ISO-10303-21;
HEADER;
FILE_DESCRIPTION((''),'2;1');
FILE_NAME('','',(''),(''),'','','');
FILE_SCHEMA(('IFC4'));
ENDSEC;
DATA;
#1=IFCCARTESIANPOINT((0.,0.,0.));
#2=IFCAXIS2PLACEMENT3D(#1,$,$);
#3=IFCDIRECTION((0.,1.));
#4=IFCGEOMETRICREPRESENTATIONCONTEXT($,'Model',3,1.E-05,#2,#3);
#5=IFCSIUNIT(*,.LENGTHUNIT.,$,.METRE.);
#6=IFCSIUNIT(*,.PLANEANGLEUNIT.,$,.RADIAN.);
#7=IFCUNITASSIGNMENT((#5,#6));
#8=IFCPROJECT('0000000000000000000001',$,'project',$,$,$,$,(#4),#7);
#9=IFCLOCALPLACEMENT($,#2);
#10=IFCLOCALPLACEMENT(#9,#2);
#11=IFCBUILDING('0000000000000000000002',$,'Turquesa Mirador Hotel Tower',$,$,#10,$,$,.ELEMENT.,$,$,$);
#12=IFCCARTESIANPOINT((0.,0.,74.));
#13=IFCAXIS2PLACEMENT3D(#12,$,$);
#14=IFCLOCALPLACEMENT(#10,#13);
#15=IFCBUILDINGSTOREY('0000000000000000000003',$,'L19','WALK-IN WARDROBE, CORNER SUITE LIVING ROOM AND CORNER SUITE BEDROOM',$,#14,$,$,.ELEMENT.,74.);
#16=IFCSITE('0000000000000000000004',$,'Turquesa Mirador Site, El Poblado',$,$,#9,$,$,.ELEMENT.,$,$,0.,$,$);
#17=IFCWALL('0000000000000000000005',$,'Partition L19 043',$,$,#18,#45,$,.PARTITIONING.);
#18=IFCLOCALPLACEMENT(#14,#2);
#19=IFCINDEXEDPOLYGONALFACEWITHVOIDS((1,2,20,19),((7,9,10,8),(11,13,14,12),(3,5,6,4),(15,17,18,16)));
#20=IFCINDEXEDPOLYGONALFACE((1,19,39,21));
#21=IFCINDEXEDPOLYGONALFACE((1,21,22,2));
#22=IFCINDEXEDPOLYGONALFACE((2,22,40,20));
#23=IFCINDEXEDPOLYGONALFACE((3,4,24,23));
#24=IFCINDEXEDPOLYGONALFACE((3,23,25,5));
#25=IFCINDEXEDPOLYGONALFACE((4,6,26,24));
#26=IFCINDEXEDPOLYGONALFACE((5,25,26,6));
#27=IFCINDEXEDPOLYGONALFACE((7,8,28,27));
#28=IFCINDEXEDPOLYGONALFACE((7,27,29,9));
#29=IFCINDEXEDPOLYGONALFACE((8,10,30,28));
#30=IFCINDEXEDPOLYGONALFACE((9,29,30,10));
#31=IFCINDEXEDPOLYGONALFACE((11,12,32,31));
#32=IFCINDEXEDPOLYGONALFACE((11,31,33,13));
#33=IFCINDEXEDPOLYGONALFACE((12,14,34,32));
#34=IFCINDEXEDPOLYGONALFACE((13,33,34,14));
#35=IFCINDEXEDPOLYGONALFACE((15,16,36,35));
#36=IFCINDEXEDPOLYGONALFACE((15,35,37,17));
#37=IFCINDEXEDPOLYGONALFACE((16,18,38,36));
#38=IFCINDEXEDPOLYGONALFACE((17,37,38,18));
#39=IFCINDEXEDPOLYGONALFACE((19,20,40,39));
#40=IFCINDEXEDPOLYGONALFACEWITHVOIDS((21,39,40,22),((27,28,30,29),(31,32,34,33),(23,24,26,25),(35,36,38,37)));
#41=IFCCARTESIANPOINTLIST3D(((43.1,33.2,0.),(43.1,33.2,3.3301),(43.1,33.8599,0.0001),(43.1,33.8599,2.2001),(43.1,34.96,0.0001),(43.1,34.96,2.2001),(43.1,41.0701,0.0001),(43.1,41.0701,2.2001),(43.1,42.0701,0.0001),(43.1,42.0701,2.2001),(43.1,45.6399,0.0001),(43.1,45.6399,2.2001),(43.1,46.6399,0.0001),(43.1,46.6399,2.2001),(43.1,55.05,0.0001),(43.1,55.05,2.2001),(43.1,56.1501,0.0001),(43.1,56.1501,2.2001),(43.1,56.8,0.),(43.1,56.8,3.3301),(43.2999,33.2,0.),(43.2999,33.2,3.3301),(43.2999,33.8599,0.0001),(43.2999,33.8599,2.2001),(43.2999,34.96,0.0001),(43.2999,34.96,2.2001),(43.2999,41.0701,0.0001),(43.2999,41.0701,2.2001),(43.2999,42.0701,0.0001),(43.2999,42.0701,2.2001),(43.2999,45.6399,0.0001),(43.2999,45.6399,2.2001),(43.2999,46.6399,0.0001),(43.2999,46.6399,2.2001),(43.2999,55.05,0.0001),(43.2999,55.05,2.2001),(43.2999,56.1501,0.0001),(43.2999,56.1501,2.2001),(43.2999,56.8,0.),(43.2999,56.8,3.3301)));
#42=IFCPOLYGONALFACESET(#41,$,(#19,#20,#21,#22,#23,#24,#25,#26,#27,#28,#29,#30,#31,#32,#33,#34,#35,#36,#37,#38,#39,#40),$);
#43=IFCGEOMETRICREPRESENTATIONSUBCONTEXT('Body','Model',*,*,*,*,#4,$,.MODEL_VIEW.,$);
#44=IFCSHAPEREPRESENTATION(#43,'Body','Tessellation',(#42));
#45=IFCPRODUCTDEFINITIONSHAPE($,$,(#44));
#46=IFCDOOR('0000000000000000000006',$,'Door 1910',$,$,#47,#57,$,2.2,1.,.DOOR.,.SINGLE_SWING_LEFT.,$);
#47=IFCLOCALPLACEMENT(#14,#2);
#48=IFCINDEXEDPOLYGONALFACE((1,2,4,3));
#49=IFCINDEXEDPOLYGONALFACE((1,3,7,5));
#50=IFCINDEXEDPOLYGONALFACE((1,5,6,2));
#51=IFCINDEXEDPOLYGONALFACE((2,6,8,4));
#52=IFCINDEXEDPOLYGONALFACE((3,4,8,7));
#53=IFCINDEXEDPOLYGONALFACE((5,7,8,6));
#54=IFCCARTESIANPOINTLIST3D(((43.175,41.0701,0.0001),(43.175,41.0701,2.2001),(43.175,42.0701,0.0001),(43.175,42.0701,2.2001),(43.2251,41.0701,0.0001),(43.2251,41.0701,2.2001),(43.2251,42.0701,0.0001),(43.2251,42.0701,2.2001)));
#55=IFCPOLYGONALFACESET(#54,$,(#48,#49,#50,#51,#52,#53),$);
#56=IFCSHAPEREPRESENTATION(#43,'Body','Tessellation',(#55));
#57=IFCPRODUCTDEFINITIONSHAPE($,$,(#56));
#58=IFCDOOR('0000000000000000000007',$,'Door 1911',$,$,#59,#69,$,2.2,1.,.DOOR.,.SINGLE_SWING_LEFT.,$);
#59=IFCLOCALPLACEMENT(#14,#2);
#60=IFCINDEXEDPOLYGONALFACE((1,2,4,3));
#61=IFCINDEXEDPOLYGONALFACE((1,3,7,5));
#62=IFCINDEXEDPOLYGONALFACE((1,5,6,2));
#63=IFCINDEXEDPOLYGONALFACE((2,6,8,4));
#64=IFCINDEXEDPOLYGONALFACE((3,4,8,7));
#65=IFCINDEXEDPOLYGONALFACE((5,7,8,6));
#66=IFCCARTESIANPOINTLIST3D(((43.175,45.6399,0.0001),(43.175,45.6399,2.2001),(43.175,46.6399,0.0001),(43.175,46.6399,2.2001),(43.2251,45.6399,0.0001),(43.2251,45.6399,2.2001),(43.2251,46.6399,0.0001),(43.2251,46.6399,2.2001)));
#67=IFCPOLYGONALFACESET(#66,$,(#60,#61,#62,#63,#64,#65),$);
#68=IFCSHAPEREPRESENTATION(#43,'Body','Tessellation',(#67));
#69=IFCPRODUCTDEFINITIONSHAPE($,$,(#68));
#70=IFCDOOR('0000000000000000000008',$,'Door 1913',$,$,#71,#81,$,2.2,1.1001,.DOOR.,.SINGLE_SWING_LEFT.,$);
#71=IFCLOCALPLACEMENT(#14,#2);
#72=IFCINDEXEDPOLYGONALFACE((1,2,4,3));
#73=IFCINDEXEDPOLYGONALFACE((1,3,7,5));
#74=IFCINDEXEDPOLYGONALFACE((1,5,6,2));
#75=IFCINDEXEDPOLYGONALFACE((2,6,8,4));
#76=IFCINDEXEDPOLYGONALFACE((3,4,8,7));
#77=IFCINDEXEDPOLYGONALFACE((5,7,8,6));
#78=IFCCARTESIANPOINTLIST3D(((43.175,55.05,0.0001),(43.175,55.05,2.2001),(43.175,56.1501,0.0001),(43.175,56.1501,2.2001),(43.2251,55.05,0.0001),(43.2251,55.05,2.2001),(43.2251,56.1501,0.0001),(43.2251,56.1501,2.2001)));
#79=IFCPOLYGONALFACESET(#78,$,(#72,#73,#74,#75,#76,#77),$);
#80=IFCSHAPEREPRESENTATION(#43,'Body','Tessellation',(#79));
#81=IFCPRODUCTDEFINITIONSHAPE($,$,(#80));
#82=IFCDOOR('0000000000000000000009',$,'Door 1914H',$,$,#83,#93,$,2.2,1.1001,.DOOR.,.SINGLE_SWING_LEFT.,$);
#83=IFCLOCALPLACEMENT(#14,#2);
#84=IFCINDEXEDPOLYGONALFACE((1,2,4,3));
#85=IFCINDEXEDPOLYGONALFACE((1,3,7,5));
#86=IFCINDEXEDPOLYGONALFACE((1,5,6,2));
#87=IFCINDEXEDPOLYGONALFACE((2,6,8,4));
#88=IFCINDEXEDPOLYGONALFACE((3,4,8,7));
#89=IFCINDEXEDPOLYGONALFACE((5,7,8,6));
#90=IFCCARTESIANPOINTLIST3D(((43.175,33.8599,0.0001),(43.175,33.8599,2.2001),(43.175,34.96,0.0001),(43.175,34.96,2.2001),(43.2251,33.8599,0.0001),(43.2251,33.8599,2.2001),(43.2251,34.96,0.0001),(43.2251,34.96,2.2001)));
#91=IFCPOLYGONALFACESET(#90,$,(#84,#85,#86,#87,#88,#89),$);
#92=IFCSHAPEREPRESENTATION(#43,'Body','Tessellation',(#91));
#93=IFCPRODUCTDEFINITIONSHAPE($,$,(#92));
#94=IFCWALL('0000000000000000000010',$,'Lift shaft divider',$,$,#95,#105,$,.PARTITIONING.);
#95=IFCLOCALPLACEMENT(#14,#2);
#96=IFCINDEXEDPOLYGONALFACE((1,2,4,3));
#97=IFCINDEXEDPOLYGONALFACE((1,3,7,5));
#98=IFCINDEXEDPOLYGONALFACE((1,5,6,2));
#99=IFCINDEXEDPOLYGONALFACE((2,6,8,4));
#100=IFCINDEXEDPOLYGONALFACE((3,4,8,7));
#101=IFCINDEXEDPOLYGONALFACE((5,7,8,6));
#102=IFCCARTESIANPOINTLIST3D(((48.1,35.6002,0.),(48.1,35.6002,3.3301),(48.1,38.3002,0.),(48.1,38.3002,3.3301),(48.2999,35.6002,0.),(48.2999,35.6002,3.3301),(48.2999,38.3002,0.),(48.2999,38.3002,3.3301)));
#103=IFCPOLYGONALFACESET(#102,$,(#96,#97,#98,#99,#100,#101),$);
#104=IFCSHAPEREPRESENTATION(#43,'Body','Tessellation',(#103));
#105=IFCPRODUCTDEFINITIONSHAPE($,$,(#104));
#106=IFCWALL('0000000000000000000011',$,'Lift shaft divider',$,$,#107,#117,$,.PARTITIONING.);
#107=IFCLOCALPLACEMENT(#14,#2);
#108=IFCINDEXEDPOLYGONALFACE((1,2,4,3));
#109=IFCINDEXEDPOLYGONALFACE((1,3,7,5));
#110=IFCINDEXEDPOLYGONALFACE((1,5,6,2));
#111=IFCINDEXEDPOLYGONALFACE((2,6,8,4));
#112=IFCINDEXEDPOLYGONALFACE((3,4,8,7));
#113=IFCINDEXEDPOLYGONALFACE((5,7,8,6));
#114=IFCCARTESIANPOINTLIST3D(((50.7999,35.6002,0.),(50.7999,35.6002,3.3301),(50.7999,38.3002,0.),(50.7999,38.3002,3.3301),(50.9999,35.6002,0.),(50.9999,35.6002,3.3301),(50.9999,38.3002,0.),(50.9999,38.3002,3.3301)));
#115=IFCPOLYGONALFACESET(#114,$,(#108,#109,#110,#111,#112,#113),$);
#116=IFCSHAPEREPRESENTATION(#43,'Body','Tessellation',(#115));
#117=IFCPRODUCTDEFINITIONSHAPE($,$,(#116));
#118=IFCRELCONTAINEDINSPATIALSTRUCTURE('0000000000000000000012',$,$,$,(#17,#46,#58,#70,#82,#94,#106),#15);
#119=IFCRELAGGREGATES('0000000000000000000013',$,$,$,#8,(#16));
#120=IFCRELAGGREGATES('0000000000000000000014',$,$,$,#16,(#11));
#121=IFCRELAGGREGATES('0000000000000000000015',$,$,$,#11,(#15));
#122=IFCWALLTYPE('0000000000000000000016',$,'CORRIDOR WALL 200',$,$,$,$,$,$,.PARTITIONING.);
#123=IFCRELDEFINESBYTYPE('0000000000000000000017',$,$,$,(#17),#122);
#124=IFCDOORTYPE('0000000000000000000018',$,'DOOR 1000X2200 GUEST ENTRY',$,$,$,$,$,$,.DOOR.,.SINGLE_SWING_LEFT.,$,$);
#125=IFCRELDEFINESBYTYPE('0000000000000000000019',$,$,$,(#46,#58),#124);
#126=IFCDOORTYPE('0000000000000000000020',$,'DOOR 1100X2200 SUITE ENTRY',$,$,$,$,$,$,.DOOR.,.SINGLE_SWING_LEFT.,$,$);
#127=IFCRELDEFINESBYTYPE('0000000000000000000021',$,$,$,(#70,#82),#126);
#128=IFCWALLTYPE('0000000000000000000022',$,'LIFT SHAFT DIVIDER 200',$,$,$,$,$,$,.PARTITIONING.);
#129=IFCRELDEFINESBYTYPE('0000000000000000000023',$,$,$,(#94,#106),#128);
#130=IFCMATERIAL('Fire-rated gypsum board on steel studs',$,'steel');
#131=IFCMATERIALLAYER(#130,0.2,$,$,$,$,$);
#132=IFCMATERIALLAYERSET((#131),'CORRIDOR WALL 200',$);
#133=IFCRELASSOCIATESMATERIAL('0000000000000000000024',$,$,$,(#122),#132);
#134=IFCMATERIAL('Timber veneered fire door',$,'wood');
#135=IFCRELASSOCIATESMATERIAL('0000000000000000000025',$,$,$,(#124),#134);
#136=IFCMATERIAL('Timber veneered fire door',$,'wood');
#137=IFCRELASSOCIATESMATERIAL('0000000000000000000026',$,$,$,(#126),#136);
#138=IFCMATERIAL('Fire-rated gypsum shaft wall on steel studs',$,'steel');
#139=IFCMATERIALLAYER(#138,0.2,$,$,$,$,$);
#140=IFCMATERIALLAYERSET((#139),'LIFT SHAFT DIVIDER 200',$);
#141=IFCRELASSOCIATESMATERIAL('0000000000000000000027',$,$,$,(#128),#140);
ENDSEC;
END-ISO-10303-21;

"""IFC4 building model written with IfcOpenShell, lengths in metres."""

from ifc_helpers import new_model, si_unit, direction, frame, frame_2d, origin, place, context, subcontext, project, spatial, rectangle, extrude, material, layer, layer_set, type_object, element, fill, save


model = new_model("IFC4")

# Units and contexts
model_context = context("Model", 3, precision=1e-05, world=origin(), true_north=direction((0.0, 1.0)))
body_context = subcontext(model_context, "Body", "Model", "MODEL_VIEW")
ifc_project = project(units=[si_unit("LENGTHUNIT", "METRE"), si_unit("PLANEANGLEUNIT", "RADIAN")], contexts=[model_context])

# Site, building, storey
site_placement = place(None, origin())
site = spatial("IfcSite", under=ifc_project, at=site_placement, Name="Turquesa Mirador Site, El Poblado", CompositionType="ELEMENT", RefElevation=0.0)
building_placement = place(site_placement, origin())
building = spatial("IfcBuilding", under=site, at=building_placement, Name="Turquesa Mirador Hotel Tower", CompositionType="ELEMENT")
storey_placement = place(building_placement, frame((0.0, 0.0, 74.0)))
storey = spatial("IfcBuildingStorey", under=building, at=storey_placement, Name="L19", Description="WALK-IN WARDROBE, CORNER SUITE LIVING ROOM AND CORNER SUITE BEDROOM", CompositionType="ELEMENT", Elevation=74.0)

# Wall, openings, doors
ifc_material_1 = material(Name="Fire-rated gypsum board on steel studs", Category="steel")
ifc_layer_1 = layer(ifc_material_1, 0.2)
ifc_layer_set_1 = layer_set([ifc_layer_1], Name="CORRIDOR WALL 200")
wall_type_1 = type_object("IfcWallType", Name="CORRIDOR WALL 200", PredefinedType="PARTITIONING", material=ifc_layer_set_1)
wall_1_placement = place(storey_placement, frame((43.2, 33.2, 0.0), z_axis=(0.0, 0.0, 1.0), x_axis=(0.0, 1.0, 0.0)))
wall_1 = element("IfcWall", 1, at=wall_1_placement, inside=storey, type_object=wall_type_1, Name="Partition L19 043", PredefinedType="PARTITIONING", context=body_context, shape_type="SweptSolid", body=[
    extrude(rectangle(XDim=23.6001, YDim=0.2, at=frame_2d((11.8, 0.0))), origin(), (0.0, 0.0, 1.0), 3.3301),
])
opening_1_placement = place(wall_1_placement, frame((7.8701, 0.0, 0.0)))
opening_1 = element("IfcOpeningElement", 2, at=opening_1_placement, cuts=wall_1, PredefinedType="OPENING", context=body_context, shape_type="SweptSolid", body=[
    extrude(rectangle(XDim=1.0, YDim=2.2, at=frame_2d((0.5, 1.1001))), frame((0.0, 0.1099, 0.0), z_axis=(0.0, -1.0, 0.0), x_axis=(1.0, 0.0, 0.0)), (0.0, 0.0, 1.0), 0.22),
])
opening_2_placement = place(wall_1_placement, frame((12.4399, 0.0, 0.0)))
opening_2 = element("IfcOpeningElement", 3, at=opening_2_placement, cuts=wall_1, PredefinedType="OPENING", context=body_context, shape_type="SweptSolid", body=[
    extrude(rectangle(XDim=1.0, YDim=2.2, at=frame_2d((0.5, 1.1001))), frame((0.0, 0.1099, 0.0), z_axis=(0.0, -1.0, 0.0), x_axis=(1.0, 0.0, 0.0)), (0.0, 0.0, 1.0), 0.22),
])
opening_3_placement = place(wall_1_placement, frame((21.8501, 0.0, 0.0)))
opening_3 = element("IfcOpeningElement", 4, at=opening_3_placement, cuts=wall_1, PredefinedType="OPENING", context=body_context, shape_type="SweptSolid", body=[
    extrude(rectangle(XDim=1.1001, YDim=2.2, at=frame_2d((0.55, 1.1001))), frame((0.0, 0.1099, 0.0), z_axis=(0.0, -1.0, 0.0), x_axis=(1.0, 0.0, 0.0)), (0.0, 0.0, 1.0), 0.22),
])
opening_4_placement = place(wall_1_placement, frame((0.6599, 0.0, 0.0)))
opening_4 = element("IfcOpeningElement", 5, at=opening_4_placement, cuts=wall_1, PredefinedType="OPENING", context=body_context, shape_type="SweptSolid", body=[
    extrude(rectangle(XDim=1.1001, YDim=2.2, at=frame_2d((0.55, 1.1001))), frame((0.0, 0.1099, 0.0), z_axis=(0.0, -1.0, 0.0), x_axis=(1.0, 0.0, 0.0)), (0.0, 0.0, 1.0), 0.22),
])
ifc_material_2 = material(Name="Timber veneered fire door", Category="wood")
door_type_1 = type_object("IfcDoorType", Name="DOOR 1000X2200 GUEST ENTRY", OperationType="SINGLE_SWING_LEFT", PredefinedType="DOOR", material=ifc_material_2)
door_1_placement = place(opening_1_placement, origin())
door_1 = element("IfcDoor", 6, at=door_1_placement, inside=storey, type_object=door_type_1, Name="Door 1910", OperationType="SINGLE_SWING_LEFT", OverallHeight=2.2, OverallWidth=1.0, PredefinedType="DOOR", context=body_context, shape_type="SweptSolid", body=[
    extrude(rectangle(XDim=1.0, YDim=2.2, at=frame_2d((0.5, 1.1001))), frame((0.0, 0.0249, 0.0), z_axis=(0.0, -1.0, 0.0), x_axis=(1.0, 0.0, 0.0)), (0.0, 0.0, 1.0), 0.05),
])
fill(opening_1, door_1)
door_2_placement = place(opening_2_placement, origin())
door_2 = element("IfcDoor", 7, at=door_2_placement, inside=storey, type_object=door_type_1, Name="Door 1911", OperationType="SINGLE_SWING_LEFT", OverallHeight=2.2, OverallWidth=1.0, PredefinedType="DOOR", context=body_context, shape_type="SweptSolid", body=[
    extrude(rectangle(XDim=1.0, YDim=2.2, at=frame_2d((0.5, 1.1001))), frame((0.0, 0.0249, 0.0), z_axis=(0.0, -1.0, 0.0), x_axis=(1.0, 0.0, 0.0)), (0.0, 0.0, 1.0), 0.05),
])
fill(opening_2, door_2)
ifc_material_3 = material(Name="Timber veneered fire door", Category="wood")
door_type_2 = type_object("IfcDoorType", Name="DOOR 1100X2200 SUITE ENTRY", OperationType="SINGLE_SWING_LEFT", PredefinedType="DOOR", material=ifc_material_3)
door_3_placement = place(opening_3_placement, origin())
door_3 = element("IfcDoor", 8, at=door_3_placement, inside=storey, type_object=door_type_2, Name="Door 1913", OperationType="SINGLE_SWING_LEFT", OverallHeight=2.2, OverallWidth=1.1001, PredefinedType="DOOR", context=body_context, shape_type="SweptSolid", body=[
    extrude(rectangle(XDim=1.1001, YDim=2.2, at=frame_2d((0.55, 1.1001))), frame((0.0, 0.0249, 0.0), z_axis=(0.0, -1.0, 0.0), x_axis=(1.0, 0.0, 0.0)), (0.0, 0.0, 1.0), 0.05),
])
fill(opening_3, door_3)
door_4_placement = place(opening_4_placement, origin())
door_4 = element("IfcDoor", 9, at=door_4_placement, inside=storey, type_object=door_type_2, Name="Door 1914H", OperationType="SINGLE_SWING_LEFT", OverallHeight=2.2, OverallWidth=1.1001, PredefinedType="DOOR", context=body_context, shape_type="SweptSolid", body=[
    extrude(rectangle(XDim=1.1001, YDim=2.2, at=frame_2d((0.55, 1.1001))), frame((0.0, 0.0249, 0.0), z_axis=(0.0, -1.0, 0.0), x_axis=(1.0, 0.0, 0.0)), (0.0, 0.0, 1.0), 0.05),
])
fill(opening_4, door_4)

# Walls
ifc_material_4 = material(Name="Fire-rated gypsum shaft wall on steel studs", Category="steel")
ifc_layer_2 = layer(ifc_material_4, 0.2)
ifc_layer_set_2 = layer_set([ifc_layer_2], Name="LIFT SHAFT DIVIDER 200")
wall_type_2 = type_object("IfcWallType", Name="LIFT SHAFT DIVIDER 200", PredefinedType="PARTITIONING", material=ifc_layer_set_2)
for number, where, z_axis, x_axis, name in (
    (10, (48.2, 35.6001, 0.0), (0.0, 0.0, 1.0), (0.0, 1.0, 0.0), "Lift shaft divider"),
    (11, (50.8999, 35.6001, 0.0), (0.0, 0.0, 1.0), (0.0, 1.0, 0.0), "Lift shaft divider"),
):
    element("IfcWall", number, at=place(storey_placement, frame(where, z_axis=z_axis, x_axis=x_axis)), inside=storey, type_object=wall_type_2, Name=name, PredefinedType="PARTITIONING", context=body_context, shape_type="SweptSolid", body=[
        extrude(rectangle(XDim=2.7, YDim=0.2, at=frame_2d((1.3501, 0.0))), origin(), (0.0, 0.0, 1.0), 3.3301),
    ])

save(model, "model.ifc")
